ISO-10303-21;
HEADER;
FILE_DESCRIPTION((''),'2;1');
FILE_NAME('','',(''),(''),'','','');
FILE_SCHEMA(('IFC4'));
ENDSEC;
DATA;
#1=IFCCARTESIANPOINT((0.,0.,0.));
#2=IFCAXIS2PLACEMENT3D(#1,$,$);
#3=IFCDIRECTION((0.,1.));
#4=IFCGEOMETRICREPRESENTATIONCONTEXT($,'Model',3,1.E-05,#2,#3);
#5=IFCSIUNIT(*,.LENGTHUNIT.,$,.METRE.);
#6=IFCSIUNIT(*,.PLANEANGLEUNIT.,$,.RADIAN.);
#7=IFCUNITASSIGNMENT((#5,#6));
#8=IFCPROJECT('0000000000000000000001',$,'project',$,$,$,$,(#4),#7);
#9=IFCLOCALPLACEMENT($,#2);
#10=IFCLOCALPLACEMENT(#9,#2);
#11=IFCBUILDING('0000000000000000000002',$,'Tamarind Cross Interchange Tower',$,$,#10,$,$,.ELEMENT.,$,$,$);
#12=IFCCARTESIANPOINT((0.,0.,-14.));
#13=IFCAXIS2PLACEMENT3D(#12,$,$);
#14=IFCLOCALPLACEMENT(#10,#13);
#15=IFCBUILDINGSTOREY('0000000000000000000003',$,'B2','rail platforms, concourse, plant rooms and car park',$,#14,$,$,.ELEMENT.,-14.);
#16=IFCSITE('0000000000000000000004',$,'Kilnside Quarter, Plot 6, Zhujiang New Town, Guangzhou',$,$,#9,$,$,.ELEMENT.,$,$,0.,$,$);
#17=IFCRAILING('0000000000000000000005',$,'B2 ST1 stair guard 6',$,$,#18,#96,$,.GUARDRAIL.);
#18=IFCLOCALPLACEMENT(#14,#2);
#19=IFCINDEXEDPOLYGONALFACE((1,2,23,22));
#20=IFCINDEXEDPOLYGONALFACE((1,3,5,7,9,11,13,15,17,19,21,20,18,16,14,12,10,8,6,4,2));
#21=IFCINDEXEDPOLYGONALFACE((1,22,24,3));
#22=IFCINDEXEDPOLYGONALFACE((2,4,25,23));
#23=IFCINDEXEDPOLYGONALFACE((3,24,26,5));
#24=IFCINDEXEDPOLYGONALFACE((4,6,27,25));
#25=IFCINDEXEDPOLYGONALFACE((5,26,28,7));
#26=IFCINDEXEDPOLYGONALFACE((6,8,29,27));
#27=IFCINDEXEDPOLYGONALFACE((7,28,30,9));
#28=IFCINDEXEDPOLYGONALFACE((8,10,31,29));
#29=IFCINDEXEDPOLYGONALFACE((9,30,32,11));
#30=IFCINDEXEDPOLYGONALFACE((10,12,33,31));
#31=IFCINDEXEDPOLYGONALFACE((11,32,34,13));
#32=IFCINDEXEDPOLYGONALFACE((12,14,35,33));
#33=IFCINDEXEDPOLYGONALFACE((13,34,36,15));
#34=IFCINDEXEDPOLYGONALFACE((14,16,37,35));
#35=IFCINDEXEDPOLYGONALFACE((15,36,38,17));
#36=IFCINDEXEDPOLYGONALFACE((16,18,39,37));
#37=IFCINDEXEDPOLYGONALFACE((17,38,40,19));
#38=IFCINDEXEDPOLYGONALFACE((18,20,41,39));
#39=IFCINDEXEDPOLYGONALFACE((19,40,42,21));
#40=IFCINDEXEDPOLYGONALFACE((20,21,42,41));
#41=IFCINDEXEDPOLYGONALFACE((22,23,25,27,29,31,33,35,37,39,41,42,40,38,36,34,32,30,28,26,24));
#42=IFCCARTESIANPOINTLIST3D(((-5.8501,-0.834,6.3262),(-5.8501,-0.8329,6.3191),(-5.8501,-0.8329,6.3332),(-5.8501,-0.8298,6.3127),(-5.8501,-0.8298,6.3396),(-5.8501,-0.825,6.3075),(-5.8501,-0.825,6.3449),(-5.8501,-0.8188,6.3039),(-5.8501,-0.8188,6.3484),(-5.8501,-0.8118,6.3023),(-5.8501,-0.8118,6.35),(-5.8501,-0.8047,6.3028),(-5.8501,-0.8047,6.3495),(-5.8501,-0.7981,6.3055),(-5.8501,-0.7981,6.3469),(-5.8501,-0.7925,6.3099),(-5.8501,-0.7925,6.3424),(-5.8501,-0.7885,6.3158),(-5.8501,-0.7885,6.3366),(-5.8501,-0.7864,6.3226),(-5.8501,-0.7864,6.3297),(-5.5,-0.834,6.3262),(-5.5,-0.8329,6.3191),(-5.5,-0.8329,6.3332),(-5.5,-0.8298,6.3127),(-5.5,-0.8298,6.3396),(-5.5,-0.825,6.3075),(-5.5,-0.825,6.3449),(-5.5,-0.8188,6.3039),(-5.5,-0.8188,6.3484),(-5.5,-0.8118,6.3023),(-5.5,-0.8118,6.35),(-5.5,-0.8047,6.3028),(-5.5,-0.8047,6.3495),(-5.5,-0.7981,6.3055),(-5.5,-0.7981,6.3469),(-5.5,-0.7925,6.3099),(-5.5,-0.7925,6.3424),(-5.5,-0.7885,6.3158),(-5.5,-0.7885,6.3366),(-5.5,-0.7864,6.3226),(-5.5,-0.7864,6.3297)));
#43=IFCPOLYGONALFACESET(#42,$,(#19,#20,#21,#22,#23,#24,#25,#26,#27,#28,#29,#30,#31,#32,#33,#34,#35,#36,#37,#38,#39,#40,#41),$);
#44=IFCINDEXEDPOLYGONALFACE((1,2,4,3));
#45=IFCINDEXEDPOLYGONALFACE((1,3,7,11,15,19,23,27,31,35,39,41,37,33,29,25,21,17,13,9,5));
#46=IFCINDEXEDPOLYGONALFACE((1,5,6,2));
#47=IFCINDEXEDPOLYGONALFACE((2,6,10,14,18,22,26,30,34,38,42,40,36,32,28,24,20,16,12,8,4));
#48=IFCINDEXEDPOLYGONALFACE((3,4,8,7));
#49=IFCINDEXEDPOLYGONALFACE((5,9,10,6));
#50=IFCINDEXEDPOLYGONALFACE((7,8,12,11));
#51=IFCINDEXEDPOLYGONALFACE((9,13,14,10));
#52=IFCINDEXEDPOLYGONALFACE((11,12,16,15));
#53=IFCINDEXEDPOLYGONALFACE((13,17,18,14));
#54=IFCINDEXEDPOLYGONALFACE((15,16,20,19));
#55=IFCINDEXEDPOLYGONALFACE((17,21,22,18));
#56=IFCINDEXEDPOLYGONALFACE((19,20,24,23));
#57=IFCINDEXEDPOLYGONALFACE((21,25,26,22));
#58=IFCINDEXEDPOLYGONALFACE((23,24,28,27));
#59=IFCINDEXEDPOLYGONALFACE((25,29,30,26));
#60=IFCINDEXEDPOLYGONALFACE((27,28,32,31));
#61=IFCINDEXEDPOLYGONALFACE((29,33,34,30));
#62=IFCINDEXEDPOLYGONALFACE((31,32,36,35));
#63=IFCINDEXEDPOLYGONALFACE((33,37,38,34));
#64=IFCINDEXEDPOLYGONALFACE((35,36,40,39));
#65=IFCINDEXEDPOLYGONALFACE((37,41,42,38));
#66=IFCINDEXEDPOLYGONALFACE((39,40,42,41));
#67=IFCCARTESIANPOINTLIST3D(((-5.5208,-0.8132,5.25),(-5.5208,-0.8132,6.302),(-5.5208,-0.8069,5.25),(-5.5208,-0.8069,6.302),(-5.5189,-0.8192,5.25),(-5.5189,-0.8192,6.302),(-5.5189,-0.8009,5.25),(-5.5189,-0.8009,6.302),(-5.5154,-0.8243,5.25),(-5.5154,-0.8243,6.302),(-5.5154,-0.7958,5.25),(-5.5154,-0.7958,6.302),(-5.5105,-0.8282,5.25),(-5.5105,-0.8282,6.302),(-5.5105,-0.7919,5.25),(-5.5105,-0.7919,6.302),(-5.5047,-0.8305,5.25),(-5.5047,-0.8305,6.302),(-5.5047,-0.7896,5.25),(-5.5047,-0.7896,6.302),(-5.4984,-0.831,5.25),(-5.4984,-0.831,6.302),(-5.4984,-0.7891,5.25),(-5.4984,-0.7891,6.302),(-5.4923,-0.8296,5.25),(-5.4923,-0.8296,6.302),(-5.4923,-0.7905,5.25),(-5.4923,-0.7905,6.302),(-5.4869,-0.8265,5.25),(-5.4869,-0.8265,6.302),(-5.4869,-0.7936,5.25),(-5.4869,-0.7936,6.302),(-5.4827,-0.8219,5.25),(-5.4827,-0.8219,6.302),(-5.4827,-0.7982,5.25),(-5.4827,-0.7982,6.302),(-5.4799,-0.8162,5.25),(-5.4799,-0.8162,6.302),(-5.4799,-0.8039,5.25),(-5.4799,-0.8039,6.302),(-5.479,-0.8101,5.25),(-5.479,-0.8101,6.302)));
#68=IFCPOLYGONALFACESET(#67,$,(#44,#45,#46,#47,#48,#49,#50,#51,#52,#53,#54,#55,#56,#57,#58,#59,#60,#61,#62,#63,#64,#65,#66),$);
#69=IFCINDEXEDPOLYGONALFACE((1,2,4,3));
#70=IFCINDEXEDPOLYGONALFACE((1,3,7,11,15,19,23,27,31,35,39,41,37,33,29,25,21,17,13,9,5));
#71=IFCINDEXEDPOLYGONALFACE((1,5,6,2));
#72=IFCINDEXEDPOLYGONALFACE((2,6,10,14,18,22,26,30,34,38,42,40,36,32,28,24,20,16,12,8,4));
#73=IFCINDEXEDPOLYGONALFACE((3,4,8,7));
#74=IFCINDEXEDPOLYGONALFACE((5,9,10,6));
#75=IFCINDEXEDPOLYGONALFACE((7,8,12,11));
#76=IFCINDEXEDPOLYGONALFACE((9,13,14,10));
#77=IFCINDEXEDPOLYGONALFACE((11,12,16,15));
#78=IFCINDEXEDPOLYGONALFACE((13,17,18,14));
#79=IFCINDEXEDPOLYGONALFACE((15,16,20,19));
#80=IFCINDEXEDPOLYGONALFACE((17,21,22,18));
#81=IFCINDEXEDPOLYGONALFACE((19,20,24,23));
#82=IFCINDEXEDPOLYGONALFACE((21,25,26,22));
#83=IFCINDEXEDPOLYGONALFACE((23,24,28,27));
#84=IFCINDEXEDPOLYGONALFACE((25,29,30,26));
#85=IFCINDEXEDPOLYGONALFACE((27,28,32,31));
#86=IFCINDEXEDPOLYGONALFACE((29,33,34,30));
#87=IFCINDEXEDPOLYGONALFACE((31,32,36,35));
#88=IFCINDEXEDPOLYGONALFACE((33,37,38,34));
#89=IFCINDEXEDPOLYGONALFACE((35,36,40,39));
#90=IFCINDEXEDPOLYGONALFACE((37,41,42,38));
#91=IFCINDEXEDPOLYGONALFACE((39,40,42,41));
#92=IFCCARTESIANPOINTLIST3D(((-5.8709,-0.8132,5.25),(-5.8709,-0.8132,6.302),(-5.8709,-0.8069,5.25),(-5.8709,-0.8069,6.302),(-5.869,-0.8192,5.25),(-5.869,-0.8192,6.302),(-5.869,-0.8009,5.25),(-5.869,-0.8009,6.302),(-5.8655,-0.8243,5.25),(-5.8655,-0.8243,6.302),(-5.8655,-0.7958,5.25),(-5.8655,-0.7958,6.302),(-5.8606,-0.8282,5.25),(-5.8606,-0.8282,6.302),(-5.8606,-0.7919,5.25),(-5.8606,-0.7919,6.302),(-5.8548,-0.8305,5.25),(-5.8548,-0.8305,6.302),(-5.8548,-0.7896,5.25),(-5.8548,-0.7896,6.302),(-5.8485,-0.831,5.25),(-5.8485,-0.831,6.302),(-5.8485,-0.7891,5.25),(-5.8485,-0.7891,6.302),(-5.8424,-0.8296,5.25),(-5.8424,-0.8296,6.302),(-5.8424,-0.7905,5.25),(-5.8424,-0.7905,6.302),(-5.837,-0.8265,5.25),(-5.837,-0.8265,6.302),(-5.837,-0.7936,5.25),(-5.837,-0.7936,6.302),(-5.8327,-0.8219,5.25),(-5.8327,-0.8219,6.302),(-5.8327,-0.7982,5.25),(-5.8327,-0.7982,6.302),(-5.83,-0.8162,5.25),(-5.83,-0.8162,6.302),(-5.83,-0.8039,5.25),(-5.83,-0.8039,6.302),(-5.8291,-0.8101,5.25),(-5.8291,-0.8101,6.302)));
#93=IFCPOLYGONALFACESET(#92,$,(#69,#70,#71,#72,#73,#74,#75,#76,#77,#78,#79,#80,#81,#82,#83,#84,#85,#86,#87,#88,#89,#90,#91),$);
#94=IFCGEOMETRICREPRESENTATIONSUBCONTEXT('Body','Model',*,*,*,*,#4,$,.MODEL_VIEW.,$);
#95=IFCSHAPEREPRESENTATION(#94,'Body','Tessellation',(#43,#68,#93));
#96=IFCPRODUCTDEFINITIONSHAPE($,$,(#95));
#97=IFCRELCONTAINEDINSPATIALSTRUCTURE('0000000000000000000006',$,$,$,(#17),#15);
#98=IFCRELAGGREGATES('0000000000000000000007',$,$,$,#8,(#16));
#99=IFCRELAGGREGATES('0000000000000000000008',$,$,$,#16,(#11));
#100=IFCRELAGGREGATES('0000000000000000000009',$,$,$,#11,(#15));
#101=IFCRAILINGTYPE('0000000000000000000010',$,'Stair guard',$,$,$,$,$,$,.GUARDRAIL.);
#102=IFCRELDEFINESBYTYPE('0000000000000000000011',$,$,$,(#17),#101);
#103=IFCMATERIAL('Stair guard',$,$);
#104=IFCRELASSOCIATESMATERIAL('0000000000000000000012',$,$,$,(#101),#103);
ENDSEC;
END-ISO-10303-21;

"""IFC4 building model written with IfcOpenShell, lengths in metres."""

from ifc_helpers import new_model, si_unit, direction, frame, origin, origin_2d, place, context, subcontext, project, spatial, circle, extrude, material, type_object, element, save


model = new_model("IFC4")

# Units and contexts
model_context = context("Model", 3, precision=1e-05, world=origin(), true_north=direction((0.0, 1.0)))
body_context = subcontext(model_context, "Body", "Model", "MODEL_VIEW")
ifc_project = project(units=[si_unit("LENGTHUNIT", "METRE"), si_unit("PLANEANGLEUNIT", "RADIAN")], contexts=[model_context])

# Site, building, storey
site_placement = place(None, origin())
site = spatial("IfcSite", under=ifc_project, at=site_placement, Name="Kilnside Quarter, Plot 6, Zhujiang New Town, Guangzhou", CompositionType="ELEMENT", RefElevation=0.0)
building_placement = place(site_placement, origin())
building = spatial("IfcBuilding", under=site, at=building_placement, Name="Tamarind Cross Interchange Tower", CompositionType="ELEMENT")
storey_placement = place(building_placement, frame((0.0, 0.0, -14.0)))
storey = spatial("IfcBuildingStorey", under=building, at=storey_placement, Name="B2", Description="rail platforms, concourse, plant rooms and car park", CompositionType="ELEMENT", Elevation=-14.0)

# Railing
ifc_material_1 = material(Name="Stair guard")
railing_type_1 = type_object("IfcRailingType", Name="Stair guard", PredefinedType="GUARDRAIL", material=ifc_material_1)
railing_1_placement = place(storey_placement, frame((-5.5, -0.8101, 5.25)))
element("IfcRailing", 1, at=railing_1_placement, inside=storey, type_object=railing_type_1, Name="B2 ST1 stair guard 6", PredefinedType="GUARDRAIL", context=body_context, shape_type="SweptSolid", body=[
    extrude(circle(Radius=0.0239, at=origin_2d()), frame((0.0, 0.0, 1.0762), z_axis=(-1.0, 0.0, 0.0), x_axis=(0.0, -1.0, 0.0)), (0.0, 0.0, 1.0), 0.3501),
    extrude(circle(Radius=0.021, at=origin_2d()), origin(), (0.0, 0.0, 1.0), 1.052),
    extrude(circle(Radius=0.021, at=origin_2d()), frame((-0.3501, 0.0, 0.0)), (0.0, 0.0, 1.0), 1.052),
])

save(model, "model.ifc")
